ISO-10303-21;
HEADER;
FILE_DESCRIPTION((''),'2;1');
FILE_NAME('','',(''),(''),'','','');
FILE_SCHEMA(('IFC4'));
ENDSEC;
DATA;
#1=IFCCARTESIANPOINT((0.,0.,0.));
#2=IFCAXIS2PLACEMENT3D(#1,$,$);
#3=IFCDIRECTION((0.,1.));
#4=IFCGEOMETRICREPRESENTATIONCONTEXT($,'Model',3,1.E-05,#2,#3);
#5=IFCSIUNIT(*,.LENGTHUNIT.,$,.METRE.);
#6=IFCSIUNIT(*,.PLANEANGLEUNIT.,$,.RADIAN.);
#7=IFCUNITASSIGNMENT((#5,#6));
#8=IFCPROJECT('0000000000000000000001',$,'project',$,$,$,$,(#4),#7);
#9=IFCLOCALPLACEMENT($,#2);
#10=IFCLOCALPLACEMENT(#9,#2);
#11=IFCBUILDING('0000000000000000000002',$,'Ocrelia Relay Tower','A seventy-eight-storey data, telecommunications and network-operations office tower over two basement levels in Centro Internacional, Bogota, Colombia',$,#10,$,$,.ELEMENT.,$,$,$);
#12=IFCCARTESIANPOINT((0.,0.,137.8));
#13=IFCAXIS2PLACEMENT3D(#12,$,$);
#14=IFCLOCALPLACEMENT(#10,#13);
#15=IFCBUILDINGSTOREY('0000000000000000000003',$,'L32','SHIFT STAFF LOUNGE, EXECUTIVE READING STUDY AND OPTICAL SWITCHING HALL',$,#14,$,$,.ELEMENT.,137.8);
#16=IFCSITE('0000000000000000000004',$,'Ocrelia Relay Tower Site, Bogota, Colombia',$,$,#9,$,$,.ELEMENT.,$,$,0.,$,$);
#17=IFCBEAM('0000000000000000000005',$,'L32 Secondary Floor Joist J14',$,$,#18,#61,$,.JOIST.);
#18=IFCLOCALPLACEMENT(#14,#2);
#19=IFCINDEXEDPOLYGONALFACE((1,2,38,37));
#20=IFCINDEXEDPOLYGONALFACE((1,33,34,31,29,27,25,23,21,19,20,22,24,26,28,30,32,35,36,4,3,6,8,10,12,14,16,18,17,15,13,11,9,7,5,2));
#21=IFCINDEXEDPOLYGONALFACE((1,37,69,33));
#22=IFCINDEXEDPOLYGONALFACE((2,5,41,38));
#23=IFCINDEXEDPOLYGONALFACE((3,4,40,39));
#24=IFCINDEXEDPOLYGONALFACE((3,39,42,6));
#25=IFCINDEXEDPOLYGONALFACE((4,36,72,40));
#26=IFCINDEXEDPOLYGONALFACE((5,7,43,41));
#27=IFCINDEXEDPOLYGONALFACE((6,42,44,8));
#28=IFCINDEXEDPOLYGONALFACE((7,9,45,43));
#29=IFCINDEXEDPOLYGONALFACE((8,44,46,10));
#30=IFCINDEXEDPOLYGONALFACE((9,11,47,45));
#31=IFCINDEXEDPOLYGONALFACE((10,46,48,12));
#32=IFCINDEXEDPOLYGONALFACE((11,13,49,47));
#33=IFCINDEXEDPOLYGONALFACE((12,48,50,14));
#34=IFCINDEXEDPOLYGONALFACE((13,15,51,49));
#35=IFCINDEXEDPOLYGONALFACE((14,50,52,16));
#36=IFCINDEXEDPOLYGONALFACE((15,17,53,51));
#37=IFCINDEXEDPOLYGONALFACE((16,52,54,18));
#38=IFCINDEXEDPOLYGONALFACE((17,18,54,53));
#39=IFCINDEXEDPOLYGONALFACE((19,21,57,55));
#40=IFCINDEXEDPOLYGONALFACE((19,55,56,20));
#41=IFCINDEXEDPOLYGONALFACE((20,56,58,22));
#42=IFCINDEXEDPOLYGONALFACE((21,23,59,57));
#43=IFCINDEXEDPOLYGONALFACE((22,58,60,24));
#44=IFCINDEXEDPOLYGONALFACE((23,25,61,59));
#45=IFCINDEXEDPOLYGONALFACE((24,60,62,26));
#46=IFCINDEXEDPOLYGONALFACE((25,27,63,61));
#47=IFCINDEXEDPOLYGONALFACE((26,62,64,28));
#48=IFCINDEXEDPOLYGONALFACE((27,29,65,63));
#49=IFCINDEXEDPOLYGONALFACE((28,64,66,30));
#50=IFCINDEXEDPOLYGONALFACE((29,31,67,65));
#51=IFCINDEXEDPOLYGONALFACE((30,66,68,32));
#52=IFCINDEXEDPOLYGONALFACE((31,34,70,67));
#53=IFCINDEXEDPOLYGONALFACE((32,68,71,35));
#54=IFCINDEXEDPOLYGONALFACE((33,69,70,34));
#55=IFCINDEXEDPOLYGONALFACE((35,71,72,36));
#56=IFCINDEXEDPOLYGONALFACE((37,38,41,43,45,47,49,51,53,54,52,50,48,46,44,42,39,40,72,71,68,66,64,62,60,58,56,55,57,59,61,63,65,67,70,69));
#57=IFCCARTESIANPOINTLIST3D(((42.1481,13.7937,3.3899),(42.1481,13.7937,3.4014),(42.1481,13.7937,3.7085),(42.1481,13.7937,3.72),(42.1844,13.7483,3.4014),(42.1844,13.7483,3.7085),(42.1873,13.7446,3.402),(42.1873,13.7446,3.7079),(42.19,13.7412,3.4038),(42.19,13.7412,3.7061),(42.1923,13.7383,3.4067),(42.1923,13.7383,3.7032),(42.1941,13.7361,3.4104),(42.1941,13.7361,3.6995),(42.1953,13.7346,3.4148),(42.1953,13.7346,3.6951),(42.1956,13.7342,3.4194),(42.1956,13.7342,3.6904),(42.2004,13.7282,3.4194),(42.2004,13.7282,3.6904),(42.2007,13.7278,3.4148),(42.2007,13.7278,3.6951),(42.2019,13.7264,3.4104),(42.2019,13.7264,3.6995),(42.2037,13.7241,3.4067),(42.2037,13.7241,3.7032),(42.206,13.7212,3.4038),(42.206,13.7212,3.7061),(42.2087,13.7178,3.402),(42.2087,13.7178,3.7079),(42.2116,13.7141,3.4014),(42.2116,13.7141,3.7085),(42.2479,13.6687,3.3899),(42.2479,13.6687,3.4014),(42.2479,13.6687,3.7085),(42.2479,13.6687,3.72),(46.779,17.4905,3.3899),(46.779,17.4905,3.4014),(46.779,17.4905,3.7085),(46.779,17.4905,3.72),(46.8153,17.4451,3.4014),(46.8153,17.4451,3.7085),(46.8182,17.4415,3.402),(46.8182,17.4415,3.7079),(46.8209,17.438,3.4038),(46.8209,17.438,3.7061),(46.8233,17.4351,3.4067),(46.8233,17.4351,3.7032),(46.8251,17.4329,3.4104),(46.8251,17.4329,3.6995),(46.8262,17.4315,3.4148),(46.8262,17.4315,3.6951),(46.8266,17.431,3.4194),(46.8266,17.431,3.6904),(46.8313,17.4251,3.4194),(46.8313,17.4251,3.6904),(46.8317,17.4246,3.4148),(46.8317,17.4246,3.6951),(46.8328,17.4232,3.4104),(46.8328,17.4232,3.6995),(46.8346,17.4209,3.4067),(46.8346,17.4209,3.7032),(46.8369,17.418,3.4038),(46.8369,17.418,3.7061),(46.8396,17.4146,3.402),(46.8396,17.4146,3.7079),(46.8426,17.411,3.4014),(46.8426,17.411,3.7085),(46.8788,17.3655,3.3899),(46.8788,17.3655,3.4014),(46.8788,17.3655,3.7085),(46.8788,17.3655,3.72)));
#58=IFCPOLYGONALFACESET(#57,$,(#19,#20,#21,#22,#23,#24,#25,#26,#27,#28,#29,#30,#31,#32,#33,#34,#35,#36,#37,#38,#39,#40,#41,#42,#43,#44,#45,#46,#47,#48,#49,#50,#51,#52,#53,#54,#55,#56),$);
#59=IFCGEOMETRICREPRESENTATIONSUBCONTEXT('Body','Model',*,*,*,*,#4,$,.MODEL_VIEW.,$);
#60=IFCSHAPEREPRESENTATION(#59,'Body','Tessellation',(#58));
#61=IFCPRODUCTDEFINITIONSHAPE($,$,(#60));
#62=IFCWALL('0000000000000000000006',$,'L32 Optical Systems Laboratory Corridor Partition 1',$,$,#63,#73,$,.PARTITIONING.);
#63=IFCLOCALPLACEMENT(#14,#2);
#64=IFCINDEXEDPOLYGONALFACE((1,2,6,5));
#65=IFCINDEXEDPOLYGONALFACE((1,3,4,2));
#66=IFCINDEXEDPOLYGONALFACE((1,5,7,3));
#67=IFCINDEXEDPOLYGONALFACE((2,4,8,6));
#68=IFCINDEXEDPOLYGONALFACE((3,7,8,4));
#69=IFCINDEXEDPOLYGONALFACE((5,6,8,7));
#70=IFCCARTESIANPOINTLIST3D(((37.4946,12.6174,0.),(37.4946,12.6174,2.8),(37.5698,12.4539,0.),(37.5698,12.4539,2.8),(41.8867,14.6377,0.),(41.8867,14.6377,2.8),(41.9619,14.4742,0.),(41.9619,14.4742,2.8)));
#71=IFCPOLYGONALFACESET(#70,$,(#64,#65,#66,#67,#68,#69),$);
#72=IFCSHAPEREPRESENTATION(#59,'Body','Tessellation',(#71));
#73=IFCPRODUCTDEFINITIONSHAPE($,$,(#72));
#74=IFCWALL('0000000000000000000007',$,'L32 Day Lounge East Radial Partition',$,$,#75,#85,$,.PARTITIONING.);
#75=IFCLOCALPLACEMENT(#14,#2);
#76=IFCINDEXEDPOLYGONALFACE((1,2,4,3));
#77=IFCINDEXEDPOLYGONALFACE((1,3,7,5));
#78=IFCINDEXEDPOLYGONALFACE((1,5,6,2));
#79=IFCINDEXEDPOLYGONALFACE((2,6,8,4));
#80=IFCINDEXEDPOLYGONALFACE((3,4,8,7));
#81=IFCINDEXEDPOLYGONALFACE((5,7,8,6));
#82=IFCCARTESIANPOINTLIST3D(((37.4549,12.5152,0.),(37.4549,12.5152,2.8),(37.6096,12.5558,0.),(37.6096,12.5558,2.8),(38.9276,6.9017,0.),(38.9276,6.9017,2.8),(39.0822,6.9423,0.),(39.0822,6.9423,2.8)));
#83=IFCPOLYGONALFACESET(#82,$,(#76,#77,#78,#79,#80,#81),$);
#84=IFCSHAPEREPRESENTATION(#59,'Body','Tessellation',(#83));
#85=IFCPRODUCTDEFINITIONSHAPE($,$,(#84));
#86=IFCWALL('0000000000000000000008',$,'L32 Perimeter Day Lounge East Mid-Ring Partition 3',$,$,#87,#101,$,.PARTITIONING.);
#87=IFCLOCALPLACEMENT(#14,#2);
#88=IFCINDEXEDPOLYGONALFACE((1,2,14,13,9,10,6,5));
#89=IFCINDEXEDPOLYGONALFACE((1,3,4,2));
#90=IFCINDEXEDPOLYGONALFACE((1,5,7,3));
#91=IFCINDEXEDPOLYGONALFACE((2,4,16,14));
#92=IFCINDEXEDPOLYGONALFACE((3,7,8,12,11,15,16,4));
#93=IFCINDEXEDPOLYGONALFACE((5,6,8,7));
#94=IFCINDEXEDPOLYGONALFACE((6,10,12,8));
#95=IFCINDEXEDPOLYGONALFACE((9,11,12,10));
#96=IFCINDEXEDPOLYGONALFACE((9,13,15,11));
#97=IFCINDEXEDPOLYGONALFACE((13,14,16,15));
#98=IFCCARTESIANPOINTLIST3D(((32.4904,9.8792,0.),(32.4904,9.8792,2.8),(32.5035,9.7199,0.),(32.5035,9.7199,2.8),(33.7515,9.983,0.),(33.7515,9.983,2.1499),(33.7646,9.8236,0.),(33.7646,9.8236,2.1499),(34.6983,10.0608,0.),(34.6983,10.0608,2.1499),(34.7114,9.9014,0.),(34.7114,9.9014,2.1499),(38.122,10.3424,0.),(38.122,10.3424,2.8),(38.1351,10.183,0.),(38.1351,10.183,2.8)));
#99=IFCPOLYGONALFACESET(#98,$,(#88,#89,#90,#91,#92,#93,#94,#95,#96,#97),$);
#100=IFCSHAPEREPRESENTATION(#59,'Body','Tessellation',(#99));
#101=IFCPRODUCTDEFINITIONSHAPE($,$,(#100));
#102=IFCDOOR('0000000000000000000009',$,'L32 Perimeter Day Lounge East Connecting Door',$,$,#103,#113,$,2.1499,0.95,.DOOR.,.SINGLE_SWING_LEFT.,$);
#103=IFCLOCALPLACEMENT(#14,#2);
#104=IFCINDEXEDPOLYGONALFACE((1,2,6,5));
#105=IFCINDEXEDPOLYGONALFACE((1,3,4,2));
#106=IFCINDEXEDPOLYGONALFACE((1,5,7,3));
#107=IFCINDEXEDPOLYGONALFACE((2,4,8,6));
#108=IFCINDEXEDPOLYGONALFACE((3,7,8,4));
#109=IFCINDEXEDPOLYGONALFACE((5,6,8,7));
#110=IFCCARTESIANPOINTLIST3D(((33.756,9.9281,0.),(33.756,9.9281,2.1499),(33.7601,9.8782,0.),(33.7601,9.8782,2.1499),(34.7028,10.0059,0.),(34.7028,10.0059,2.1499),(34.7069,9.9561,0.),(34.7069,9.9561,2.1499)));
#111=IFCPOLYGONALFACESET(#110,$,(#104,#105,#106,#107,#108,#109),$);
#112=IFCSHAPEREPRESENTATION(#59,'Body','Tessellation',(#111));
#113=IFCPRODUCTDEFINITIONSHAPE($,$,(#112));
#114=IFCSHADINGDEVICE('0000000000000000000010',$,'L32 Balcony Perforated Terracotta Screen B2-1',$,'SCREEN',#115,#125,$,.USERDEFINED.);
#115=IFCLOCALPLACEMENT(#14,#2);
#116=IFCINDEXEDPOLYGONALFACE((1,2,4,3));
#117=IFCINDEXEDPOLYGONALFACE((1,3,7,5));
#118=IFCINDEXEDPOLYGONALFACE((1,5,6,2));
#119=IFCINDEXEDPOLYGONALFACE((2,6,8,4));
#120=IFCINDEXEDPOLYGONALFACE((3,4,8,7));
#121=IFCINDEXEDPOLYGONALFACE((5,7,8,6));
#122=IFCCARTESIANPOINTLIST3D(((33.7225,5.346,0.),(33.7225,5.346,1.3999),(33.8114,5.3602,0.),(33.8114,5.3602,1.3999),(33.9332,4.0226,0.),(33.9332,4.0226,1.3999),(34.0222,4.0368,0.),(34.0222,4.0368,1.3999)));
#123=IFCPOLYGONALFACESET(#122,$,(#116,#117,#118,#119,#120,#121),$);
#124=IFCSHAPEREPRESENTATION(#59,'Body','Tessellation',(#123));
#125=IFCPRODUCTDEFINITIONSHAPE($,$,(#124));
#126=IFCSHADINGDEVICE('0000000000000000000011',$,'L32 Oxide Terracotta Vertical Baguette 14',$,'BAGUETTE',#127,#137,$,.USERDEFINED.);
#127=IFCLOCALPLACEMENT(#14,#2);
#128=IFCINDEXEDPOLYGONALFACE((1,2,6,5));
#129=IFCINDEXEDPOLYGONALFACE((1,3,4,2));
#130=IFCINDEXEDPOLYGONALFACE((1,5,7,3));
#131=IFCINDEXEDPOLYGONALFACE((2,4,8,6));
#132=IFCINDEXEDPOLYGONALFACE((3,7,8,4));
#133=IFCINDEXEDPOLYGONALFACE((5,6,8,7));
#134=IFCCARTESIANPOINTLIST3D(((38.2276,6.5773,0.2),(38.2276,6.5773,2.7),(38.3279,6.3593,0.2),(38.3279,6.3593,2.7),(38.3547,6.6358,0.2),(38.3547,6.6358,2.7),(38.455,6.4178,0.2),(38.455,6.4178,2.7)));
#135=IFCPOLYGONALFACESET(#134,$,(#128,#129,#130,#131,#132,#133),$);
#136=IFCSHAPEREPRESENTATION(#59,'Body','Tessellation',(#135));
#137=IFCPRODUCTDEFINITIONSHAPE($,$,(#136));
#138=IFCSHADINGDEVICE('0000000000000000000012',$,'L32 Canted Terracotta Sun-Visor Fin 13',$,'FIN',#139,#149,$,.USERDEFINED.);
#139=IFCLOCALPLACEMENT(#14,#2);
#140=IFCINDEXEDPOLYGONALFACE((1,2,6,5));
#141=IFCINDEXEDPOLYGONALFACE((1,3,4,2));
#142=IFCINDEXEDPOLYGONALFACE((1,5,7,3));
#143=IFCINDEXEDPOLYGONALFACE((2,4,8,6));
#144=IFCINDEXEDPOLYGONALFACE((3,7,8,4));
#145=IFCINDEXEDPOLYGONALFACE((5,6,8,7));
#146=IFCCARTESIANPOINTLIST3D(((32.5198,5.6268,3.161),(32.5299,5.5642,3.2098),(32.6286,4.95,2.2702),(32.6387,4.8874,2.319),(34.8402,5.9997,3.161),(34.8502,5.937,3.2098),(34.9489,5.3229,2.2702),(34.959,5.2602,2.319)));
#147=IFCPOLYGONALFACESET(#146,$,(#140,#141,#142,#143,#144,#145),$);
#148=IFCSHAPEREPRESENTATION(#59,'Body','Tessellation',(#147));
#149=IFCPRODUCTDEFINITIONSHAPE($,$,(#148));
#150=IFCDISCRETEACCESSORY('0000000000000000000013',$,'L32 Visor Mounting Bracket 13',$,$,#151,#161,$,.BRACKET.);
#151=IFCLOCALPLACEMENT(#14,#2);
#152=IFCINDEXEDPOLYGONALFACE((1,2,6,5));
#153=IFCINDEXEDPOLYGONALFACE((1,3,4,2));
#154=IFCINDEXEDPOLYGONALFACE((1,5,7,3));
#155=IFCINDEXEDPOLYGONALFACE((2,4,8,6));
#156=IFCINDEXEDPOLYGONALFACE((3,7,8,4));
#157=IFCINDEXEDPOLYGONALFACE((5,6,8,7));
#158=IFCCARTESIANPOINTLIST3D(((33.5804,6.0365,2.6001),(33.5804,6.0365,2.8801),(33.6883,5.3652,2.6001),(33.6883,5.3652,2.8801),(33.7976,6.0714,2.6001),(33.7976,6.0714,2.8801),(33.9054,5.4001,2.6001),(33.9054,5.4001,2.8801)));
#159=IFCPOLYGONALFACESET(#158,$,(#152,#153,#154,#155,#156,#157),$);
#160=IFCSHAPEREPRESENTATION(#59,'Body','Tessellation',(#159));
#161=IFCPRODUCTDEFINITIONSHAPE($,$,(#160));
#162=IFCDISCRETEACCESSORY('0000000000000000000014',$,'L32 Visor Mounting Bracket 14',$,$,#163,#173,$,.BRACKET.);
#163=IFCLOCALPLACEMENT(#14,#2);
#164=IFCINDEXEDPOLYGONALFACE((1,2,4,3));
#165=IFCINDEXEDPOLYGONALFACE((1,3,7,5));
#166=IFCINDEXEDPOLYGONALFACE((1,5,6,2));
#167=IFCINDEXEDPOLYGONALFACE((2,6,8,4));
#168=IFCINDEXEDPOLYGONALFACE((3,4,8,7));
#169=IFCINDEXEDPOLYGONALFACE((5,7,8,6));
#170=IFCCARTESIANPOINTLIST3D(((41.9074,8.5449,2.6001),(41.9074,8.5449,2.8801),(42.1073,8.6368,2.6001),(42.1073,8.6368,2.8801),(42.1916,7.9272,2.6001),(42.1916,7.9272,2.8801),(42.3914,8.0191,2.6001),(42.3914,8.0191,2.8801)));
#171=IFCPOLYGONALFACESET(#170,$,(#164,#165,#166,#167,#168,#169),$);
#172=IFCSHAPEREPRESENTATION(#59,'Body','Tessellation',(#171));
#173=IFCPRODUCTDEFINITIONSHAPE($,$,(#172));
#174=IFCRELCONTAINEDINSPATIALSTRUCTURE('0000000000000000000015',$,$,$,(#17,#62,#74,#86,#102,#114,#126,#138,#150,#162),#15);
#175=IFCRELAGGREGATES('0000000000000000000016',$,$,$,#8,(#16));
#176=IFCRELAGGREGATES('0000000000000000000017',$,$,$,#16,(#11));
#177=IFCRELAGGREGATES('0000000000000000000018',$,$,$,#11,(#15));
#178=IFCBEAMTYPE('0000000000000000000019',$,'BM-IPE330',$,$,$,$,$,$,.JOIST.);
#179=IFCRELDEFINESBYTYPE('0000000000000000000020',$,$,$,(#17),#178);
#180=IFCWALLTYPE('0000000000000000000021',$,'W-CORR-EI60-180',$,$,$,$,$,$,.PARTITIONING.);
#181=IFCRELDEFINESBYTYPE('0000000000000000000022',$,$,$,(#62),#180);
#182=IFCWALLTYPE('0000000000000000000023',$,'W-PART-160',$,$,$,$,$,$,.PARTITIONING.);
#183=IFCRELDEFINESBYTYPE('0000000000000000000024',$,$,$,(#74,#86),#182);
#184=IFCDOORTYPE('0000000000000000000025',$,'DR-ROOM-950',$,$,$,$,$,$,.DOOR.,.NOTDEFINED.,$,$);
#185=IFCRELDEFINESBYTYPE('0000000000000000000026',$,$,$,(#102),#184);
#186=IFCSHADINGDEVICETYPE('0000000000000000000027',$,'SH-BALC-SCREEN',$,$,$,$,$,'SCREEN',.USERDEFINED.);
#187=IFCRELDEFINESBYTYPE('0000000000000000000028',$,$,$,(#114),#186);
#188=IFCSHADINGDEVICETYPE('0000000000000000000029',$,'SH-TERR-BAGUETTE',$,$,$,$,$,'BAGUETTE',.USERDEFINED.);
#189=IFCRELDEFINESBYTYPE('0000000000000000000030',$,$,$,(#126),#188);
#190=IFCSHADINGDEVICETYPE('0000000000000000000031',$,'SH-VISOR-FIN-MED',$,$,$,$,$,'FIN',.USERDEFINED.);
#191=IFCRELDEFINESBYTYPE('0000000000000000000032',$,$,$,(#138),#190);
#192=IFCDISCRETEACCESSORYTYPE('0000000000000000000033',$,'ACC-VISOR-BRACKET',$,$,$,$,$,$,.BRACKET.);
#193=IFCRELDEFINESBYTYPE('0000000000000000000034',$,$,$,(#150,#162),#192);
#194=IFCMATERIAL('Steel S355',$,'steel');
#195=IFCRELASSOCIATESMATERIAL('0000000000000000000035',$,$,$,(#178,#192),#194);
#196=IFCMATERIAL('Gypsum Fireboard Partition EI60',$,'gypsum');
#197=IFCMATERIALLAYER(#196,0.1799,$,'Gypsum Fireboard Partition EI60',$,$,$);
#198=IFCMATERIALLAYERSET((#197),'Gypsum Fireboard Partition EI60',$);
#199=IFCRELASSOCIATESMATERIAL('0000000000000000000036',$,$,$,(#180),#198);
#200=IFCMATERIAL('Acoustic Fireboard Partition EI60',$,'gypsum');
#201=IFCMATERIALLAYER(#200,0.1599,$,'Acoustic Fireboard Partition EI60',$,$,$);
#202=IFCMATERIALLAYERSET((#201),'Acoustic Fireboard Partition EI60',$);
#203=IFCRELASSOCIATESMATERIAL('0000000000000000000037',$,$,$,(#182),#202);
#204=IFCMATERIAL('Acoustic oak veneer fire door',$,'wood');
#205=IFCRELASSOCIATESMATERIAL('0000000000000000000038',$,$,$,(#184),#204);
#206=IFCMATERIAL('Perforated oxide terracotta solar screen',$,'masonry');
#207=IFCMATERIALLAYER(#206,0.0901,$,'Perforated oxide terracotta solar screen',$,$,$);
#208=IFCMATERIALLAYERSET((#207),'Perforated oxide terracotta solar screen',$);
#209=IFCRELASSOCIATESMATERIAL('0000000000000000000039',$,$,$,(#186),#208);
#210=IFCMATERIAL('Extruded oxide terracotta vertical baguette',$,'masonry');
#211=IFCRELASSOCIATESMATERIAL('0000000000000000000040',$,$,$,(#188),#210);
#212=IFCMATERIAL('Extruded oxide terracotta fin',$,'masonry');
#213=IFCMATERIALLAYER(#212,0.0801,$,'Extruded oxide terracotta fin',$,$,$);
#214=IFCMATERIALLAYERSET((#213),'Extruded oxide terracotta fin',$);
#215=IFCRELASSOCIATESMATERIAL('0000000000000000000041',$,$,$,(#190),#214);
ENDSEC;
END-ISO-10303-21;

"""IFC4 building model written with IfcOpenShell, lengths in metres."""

from ifc_helpers import new_model, si_unit, direction, frame, frame_2d, origin, origin_2d, place, context, subcontext, project, spatial, rectangle, i_section, extrude, material, layer, layer_set, material_profile, profile_set, type_object, element, fill, save


model = new_model("IFC4")

# Units and contexts
model_context = context("Model", 3, precision=1e-05, world=origin(), true_north=direction((0.0, 1.0)))
body_context = subcontext(model_context, "Body", "Model", "MODEL_VIEW")
ifc_project = project(units=[si_unit("LENGTHUNIT", "METRE"), si_unit("PLANEANGLEUNIT", "RADIAN")], contexts=[model_context])

# Site, building, storey
site_placement = place(None, origin())
site = spatial("IfcSite", under=ifc_project, at=site_placement, Name="Ocrelia Relay Tower Site, Bogota, Colombia", CompositionType="ELEMENT", RefElevation=0.0)
building_placement = place(site_placement, origin())
building = spatial("IfcBuilding", under=site, at=building_placement, Name="Ocrelia Relay Tower", Description="A seventy-eight-storey data, telecommunications and network-operations office tower over two basement levels in Centro Internacional, Bogota, Colombia", CompositionType="ELEMENT")
storey_placement = place(building_placement, frame((0.0, 0.0, 137.8)))
storey = spatial("IfcBuildingStorey", under=building, at=storey_placement, Name="L32", Description="SHIFT STAFF LOUNGE, EXECUTIVE READING STUDY AND OPTICAL SWITCHING HALL", CompositionType="ELEMENT", Elevation=137.8)

# Beam
ifc_material_1 = material(Name="Steel S355", Category="steel")
ifc_material_profile_1 = material_profile(ifc_material_1, i_section(OverallWidth=0.1599, OverallDepth=0.3301, WebThickness=0.0076, FlangeThickness=0.0115, FilletRadius=0.0181, at=origin_2d()), Name="IPE 330")
ifc_profile_set_1 = profile_set([ifc_material_profile_1], Name="Steel S355")
beam_type_1 = type_object("IfcBeamType", Name="BM-IPE330", PredefinedType="JOIST", material=ifc_profile_set_1)
beam_1_placement = place(storey_placement, frame((42.198, 13.7312, 3.5549), z_axis=(0.78152, 0.623881, 0.0), x_axis=(-0.623881, 0.78152, 0.0)))
element("IfcBeam", 1, at=beam_1_placement, inside=storey, type_object=beam_type_1, Name="L32 Secondary Floor Joist J14", PredefinedType="JOIST", context=body_context, shape_type="SweptSolid", body=[
    extrude(i_section(OverallWidth=0.1599, OverallDepth=0.3301, WebThickness=0.0076, FlangeThickness=0.0115, FilletRadius=0.0181, at=origin_2d()), origin(), (0.0, 0.0, 1.0), 5.9255),
])

# Shared definitions
ifc_material_2 = material(Name="Gypsum Fireboard Partition EI60", Category="gypsum")
ifc_layer_1 = layer(ifc_material_2, 0.1799, Name="Gypsum Fireboard Partition EI60")
ifc_layer_set_1 = layer_set([ifc_layer_1], Name="Gypsum Fireboard Partition EI60")
wall_type_1 = type_object("IfcWallType", Name="W-CORR-EI60-180", PredefinedType="PARTITIONING", material=ifc_layer_set_1)
ifc_material_3 = material(Name="Acoustic oak veneer fire door", Category="wood")

# Wall
wall_1_placement = place(storey_placement, frame((37.5322, 12.5356, 0.0), z_axis=(0.0, 0.0, 1.0), x_axis=(0.908498, 0.417889, 0.0)))
element("IfcWall", 2, at=wall_1_placement, inside=storey, type_object=wall_type_1, Name="L32 Optical Systems Laboratory Corridor Partition 1", PredefinedType="PARTITIONING", context=body_context, shape_type="SweptSolid", body=[
    extrude(rectangle(XDim=4.8345, YDim=0.1799, at=frame_2d((2.4172, 0.0))), origin(), (0.0, 0.0, 1.0), 2.8),
])

# Wall
ifc_material_4 = material(Name="Acoustic Fireboard Partition EI60", Category="gypsum")
ifc_layer_2 = layer(ifc_material_4, 0.1599, Name="Acoustic Fireboard Partition EI60")
ifc_layer_set_2 = layer_set([ifc_layer_2], Name="Acoustic Fireboard Partition EI60")
wall_type_2 = type_object("IfcWallType", Name="W-PART-160", PredefinedType="PARTITIONING", material=ifc_layer_set_2)
wall_2_placement = place(storey_placement, frame((37.5322, 12.5356, 0.0), z_axis=(0.0, 0.0, 1.0), x_axis=(0.253754, -0.967269, 0.0)))
element("IfcWall", 3, at=wall_2_placement, inside=storey, type_object=wall_type_2, Name="L32 Day Lounge East Radial Partition", PredefinedType="PARTITIONING", context=body_context, shape_type="SweptSolid", body=[
    extrude(rectangle(XDim=5.8035, YDim=0.1599, at=frame_2d((2.9019, 0.0))), origin(), (0.0, 0.0, 1.0), 2.8),
])

# Wall, opening, door
wall_3_placement = place(storey_placement, frame((32.4971, 9.7996, 0.0), z_axis=(0.0, 0.0, 1.0), x_axis=(0.996635, 0.081962, 0.0)))
wall_3 = element("IfcWall", 4, at=wall_3_placement, inside=storey, type_object=wall_type_2, Name="L32 Perimeter Day Lounge East Mid-Ring Partition 3", PredefinedType="PARTITIONING", context=body_context, shape_type="SweptSolid", body=[
    extrude(rectangle(XDim=5.6506, YDim=0.1599, at=frame_2d((2.8252, 0.0))), origin(), (0.0, 0.0, 1.0), 2.8),
])
opening_1_placement = place(wall_3_placement, frame((1.2651, 0.0, 0.0)))
opening_1 = element("IfcOpeningElement", 5, at=opening_1_placement, cuts=wall_3, PredefinedType="OPENING", context=body_context, shape_type="SweptSolid", body=[
    extrude(rectangle(XDim=0.95, YDim=2.1499, at=frame_2d((0.4751, 1.075))), frame((0.0, 0.0898, 0.0), z_axis=(0.0, -1.0, 0.0), x_axis=(1.0, 0.0, 0.0)), (0.0, 0.0, 1.0), 0.1799),
])
door_type_1 = type_object("IfcDoorType", Name="DR-ROOM-950", OperationType="NOTDEFINED", PredefinedType="DOOR", material=ifc_material_3)
door_1_placement = place(opening_1_placement, origin())
door_1 = element("IfcDoor", 6, at=door_1_placement, inside=storey, type_object=door_type_1, Name="L32 Perimeter Day Lounge East Connecting Door", OperationType="SINGLE_SWING_LEFT", OverallHeight=2.1499, OverallWidth=0.95, PredefinedType="DOOR", context=body_context, shape_type="SweptSolid", body=[
    extrude(rectangle(XDim=0.95, YDim=2.1499, at=frame_2d((0.4751, 1.075))), frame((0.0, 0.0249, 0.0), z_axis=(0.0, -1.0, 0.0), x_axis=(1.0, 0.0, 0.0)), (0.0, 0.0, 1.0), 0.05),
])
fill(opening_1, door_1)

# Shading devices
ifc_material_5 = material(Name="Perforated oxide terracotta solar screen", Category="masonry")
ifc_layer_3 = layer(ifc_material_5, 0.0901, Name="Perforated oxide terracotta solar screen")
ifc_layer_set_3 = layer_set([ifc_layer_3], Name="Perforated oxide terracotta solar screen")
shading_device_type_1 = type_object("IfcShadingDeviceType", Name="SH-BALC-SCREEN", ElementType="SCREEN", PredefinedType="USERDEFINED", material=ifc_layer_set_3)
shading_device_1_placement = place(storey_placement, frame((33.8723, 4.6914, 0.0), z_axis=(0.0, 0.0, 1.0), x_axis=(0.157238, -0.987561, 0.0)))
element("IfcShadingDevice", 7, at=shading_device_1_placement, inside=storey, type_object=shading_device_type_1, Name="L32 Balcony Perforated Terracotta Screen B2-1", ObjectType="SCREEN", PredefinedType="USERDEFINED", context=body_context, shape_type="SweptSolid", body=[
    extrude(rectangle(XDim=1.3401, YDim=0.0901, at=origin_2d()), origin(), (0.0, 0.0, 1.0), 1.3999),
])
ifc_material_6 = material(Name="Extruded oxide terracotta vertical baguette", Category="masonry")
shading_device_type_2 = type_object("IfcShadingDeviceType", Name="SH-TERR-BAGUETTE", ElementType="BAGUETTE", PredefinedType="USERDEFINED", material=ifc_material_6)
shading_device_2_placement = place(storey_placement, frame((38.3413, 6.4976, 0.2), z_axis=(0.0, 0.0, 1.0), x_axis=(0.90851, 0.417863, 0.0)))
element("IfcShadingDevice", 8, at=shading_device_2_placement, inside=storey, type_object=shading_device_type_2, Name="L32 Oxide Terracotta Vertical Baguette 14", ObjectType="BAGUETTE", PredefinedType="USERDEFINED", context=body_context, shape_type="SweptSolid", body=[
    extrude(rectangle(XDim=0.1399, YDim=0.24, at=origin_2d()), origin(), (0.0, 0.0, 1.0), 2.5),
])
ifc_material_7 = material(Name="Extruded oxide terracotta fin", Category="masonry")
ifc_layer_4 = layer(ifc_material_7, 0.0801, Name="Extruded oxide terracotta fin")
ifc_layer_set_4 = layer_set([ifc_layer_4], Name="Extruded oxide terracotta fin")
shading_device_type_3 = type_object("IfcShadingDeviceType", Name="SH-VISOR-FIN-MED", ElementType="FIN", PredefinedType="USERDEFINED", material=ifc_layer_set_4)
shading_device_3_placement = place(storey_placement, frame((33.7344, 5.4749, 2.7156), z_axis=(0.125734, -0.782465, 0.609869), x_axis=(0.987334, 0.158654, 0.0)))
element("IfcShadingDevice", 9, at=shading_device_3_placement, inside=storey, type_object=shading_device_type_3, Name="L32 Canted Terracotta Sun-Visor Fin 13", ObjectType="FIN", PredefinedType="USERDEFINED", context=body_context, shape_type="SweptSolid", body=[
    extrude(rectangle(XDim=2.3501, YDim=1.124, at=origin_2d()), origin(), (0.0, 0.0, 1.0), 0.0801),
])

# Discrete accessories
discrete_accessory_type = type_object("IfcDiscreteAccessoryType", Name="ACC-VISOR-BRACKET", PredefinedType="BRACKET", material=ifc_material_1)
for number, where, z_axis, x_axis, name in (
    (10, (33.7429, 5.7183, 2.6001), (0.0, 0.0, 1.0), (0.987334, 0.158654, 0.0), "L32 Visor Mounting Bracket 13"),
    (11, (42.1494, 8.282, 2.6001), (0.0, 0.0, 1.0), (0.90851, 0.417863, 0.0), "L32 Visor Mounting Bracket 14"),
):
    element("IfcDiscreteAccessory", number, at=place(storey_placement, frame(where, z_axis=z_axis, x_axis=x_axis)), inside=storey, type_object=discrete_accessory_type, Name=name, PredefinedType="BRACKET", context=body_context, shape_type="SweptSolid", body=[
        extrude(rectangle(XDim=0.22, YDim=0.6799, at=origin_2d()), origin(), (0.0, 0.0, 1.0), 0.28),
    ])

save(model, "model.ifc")
